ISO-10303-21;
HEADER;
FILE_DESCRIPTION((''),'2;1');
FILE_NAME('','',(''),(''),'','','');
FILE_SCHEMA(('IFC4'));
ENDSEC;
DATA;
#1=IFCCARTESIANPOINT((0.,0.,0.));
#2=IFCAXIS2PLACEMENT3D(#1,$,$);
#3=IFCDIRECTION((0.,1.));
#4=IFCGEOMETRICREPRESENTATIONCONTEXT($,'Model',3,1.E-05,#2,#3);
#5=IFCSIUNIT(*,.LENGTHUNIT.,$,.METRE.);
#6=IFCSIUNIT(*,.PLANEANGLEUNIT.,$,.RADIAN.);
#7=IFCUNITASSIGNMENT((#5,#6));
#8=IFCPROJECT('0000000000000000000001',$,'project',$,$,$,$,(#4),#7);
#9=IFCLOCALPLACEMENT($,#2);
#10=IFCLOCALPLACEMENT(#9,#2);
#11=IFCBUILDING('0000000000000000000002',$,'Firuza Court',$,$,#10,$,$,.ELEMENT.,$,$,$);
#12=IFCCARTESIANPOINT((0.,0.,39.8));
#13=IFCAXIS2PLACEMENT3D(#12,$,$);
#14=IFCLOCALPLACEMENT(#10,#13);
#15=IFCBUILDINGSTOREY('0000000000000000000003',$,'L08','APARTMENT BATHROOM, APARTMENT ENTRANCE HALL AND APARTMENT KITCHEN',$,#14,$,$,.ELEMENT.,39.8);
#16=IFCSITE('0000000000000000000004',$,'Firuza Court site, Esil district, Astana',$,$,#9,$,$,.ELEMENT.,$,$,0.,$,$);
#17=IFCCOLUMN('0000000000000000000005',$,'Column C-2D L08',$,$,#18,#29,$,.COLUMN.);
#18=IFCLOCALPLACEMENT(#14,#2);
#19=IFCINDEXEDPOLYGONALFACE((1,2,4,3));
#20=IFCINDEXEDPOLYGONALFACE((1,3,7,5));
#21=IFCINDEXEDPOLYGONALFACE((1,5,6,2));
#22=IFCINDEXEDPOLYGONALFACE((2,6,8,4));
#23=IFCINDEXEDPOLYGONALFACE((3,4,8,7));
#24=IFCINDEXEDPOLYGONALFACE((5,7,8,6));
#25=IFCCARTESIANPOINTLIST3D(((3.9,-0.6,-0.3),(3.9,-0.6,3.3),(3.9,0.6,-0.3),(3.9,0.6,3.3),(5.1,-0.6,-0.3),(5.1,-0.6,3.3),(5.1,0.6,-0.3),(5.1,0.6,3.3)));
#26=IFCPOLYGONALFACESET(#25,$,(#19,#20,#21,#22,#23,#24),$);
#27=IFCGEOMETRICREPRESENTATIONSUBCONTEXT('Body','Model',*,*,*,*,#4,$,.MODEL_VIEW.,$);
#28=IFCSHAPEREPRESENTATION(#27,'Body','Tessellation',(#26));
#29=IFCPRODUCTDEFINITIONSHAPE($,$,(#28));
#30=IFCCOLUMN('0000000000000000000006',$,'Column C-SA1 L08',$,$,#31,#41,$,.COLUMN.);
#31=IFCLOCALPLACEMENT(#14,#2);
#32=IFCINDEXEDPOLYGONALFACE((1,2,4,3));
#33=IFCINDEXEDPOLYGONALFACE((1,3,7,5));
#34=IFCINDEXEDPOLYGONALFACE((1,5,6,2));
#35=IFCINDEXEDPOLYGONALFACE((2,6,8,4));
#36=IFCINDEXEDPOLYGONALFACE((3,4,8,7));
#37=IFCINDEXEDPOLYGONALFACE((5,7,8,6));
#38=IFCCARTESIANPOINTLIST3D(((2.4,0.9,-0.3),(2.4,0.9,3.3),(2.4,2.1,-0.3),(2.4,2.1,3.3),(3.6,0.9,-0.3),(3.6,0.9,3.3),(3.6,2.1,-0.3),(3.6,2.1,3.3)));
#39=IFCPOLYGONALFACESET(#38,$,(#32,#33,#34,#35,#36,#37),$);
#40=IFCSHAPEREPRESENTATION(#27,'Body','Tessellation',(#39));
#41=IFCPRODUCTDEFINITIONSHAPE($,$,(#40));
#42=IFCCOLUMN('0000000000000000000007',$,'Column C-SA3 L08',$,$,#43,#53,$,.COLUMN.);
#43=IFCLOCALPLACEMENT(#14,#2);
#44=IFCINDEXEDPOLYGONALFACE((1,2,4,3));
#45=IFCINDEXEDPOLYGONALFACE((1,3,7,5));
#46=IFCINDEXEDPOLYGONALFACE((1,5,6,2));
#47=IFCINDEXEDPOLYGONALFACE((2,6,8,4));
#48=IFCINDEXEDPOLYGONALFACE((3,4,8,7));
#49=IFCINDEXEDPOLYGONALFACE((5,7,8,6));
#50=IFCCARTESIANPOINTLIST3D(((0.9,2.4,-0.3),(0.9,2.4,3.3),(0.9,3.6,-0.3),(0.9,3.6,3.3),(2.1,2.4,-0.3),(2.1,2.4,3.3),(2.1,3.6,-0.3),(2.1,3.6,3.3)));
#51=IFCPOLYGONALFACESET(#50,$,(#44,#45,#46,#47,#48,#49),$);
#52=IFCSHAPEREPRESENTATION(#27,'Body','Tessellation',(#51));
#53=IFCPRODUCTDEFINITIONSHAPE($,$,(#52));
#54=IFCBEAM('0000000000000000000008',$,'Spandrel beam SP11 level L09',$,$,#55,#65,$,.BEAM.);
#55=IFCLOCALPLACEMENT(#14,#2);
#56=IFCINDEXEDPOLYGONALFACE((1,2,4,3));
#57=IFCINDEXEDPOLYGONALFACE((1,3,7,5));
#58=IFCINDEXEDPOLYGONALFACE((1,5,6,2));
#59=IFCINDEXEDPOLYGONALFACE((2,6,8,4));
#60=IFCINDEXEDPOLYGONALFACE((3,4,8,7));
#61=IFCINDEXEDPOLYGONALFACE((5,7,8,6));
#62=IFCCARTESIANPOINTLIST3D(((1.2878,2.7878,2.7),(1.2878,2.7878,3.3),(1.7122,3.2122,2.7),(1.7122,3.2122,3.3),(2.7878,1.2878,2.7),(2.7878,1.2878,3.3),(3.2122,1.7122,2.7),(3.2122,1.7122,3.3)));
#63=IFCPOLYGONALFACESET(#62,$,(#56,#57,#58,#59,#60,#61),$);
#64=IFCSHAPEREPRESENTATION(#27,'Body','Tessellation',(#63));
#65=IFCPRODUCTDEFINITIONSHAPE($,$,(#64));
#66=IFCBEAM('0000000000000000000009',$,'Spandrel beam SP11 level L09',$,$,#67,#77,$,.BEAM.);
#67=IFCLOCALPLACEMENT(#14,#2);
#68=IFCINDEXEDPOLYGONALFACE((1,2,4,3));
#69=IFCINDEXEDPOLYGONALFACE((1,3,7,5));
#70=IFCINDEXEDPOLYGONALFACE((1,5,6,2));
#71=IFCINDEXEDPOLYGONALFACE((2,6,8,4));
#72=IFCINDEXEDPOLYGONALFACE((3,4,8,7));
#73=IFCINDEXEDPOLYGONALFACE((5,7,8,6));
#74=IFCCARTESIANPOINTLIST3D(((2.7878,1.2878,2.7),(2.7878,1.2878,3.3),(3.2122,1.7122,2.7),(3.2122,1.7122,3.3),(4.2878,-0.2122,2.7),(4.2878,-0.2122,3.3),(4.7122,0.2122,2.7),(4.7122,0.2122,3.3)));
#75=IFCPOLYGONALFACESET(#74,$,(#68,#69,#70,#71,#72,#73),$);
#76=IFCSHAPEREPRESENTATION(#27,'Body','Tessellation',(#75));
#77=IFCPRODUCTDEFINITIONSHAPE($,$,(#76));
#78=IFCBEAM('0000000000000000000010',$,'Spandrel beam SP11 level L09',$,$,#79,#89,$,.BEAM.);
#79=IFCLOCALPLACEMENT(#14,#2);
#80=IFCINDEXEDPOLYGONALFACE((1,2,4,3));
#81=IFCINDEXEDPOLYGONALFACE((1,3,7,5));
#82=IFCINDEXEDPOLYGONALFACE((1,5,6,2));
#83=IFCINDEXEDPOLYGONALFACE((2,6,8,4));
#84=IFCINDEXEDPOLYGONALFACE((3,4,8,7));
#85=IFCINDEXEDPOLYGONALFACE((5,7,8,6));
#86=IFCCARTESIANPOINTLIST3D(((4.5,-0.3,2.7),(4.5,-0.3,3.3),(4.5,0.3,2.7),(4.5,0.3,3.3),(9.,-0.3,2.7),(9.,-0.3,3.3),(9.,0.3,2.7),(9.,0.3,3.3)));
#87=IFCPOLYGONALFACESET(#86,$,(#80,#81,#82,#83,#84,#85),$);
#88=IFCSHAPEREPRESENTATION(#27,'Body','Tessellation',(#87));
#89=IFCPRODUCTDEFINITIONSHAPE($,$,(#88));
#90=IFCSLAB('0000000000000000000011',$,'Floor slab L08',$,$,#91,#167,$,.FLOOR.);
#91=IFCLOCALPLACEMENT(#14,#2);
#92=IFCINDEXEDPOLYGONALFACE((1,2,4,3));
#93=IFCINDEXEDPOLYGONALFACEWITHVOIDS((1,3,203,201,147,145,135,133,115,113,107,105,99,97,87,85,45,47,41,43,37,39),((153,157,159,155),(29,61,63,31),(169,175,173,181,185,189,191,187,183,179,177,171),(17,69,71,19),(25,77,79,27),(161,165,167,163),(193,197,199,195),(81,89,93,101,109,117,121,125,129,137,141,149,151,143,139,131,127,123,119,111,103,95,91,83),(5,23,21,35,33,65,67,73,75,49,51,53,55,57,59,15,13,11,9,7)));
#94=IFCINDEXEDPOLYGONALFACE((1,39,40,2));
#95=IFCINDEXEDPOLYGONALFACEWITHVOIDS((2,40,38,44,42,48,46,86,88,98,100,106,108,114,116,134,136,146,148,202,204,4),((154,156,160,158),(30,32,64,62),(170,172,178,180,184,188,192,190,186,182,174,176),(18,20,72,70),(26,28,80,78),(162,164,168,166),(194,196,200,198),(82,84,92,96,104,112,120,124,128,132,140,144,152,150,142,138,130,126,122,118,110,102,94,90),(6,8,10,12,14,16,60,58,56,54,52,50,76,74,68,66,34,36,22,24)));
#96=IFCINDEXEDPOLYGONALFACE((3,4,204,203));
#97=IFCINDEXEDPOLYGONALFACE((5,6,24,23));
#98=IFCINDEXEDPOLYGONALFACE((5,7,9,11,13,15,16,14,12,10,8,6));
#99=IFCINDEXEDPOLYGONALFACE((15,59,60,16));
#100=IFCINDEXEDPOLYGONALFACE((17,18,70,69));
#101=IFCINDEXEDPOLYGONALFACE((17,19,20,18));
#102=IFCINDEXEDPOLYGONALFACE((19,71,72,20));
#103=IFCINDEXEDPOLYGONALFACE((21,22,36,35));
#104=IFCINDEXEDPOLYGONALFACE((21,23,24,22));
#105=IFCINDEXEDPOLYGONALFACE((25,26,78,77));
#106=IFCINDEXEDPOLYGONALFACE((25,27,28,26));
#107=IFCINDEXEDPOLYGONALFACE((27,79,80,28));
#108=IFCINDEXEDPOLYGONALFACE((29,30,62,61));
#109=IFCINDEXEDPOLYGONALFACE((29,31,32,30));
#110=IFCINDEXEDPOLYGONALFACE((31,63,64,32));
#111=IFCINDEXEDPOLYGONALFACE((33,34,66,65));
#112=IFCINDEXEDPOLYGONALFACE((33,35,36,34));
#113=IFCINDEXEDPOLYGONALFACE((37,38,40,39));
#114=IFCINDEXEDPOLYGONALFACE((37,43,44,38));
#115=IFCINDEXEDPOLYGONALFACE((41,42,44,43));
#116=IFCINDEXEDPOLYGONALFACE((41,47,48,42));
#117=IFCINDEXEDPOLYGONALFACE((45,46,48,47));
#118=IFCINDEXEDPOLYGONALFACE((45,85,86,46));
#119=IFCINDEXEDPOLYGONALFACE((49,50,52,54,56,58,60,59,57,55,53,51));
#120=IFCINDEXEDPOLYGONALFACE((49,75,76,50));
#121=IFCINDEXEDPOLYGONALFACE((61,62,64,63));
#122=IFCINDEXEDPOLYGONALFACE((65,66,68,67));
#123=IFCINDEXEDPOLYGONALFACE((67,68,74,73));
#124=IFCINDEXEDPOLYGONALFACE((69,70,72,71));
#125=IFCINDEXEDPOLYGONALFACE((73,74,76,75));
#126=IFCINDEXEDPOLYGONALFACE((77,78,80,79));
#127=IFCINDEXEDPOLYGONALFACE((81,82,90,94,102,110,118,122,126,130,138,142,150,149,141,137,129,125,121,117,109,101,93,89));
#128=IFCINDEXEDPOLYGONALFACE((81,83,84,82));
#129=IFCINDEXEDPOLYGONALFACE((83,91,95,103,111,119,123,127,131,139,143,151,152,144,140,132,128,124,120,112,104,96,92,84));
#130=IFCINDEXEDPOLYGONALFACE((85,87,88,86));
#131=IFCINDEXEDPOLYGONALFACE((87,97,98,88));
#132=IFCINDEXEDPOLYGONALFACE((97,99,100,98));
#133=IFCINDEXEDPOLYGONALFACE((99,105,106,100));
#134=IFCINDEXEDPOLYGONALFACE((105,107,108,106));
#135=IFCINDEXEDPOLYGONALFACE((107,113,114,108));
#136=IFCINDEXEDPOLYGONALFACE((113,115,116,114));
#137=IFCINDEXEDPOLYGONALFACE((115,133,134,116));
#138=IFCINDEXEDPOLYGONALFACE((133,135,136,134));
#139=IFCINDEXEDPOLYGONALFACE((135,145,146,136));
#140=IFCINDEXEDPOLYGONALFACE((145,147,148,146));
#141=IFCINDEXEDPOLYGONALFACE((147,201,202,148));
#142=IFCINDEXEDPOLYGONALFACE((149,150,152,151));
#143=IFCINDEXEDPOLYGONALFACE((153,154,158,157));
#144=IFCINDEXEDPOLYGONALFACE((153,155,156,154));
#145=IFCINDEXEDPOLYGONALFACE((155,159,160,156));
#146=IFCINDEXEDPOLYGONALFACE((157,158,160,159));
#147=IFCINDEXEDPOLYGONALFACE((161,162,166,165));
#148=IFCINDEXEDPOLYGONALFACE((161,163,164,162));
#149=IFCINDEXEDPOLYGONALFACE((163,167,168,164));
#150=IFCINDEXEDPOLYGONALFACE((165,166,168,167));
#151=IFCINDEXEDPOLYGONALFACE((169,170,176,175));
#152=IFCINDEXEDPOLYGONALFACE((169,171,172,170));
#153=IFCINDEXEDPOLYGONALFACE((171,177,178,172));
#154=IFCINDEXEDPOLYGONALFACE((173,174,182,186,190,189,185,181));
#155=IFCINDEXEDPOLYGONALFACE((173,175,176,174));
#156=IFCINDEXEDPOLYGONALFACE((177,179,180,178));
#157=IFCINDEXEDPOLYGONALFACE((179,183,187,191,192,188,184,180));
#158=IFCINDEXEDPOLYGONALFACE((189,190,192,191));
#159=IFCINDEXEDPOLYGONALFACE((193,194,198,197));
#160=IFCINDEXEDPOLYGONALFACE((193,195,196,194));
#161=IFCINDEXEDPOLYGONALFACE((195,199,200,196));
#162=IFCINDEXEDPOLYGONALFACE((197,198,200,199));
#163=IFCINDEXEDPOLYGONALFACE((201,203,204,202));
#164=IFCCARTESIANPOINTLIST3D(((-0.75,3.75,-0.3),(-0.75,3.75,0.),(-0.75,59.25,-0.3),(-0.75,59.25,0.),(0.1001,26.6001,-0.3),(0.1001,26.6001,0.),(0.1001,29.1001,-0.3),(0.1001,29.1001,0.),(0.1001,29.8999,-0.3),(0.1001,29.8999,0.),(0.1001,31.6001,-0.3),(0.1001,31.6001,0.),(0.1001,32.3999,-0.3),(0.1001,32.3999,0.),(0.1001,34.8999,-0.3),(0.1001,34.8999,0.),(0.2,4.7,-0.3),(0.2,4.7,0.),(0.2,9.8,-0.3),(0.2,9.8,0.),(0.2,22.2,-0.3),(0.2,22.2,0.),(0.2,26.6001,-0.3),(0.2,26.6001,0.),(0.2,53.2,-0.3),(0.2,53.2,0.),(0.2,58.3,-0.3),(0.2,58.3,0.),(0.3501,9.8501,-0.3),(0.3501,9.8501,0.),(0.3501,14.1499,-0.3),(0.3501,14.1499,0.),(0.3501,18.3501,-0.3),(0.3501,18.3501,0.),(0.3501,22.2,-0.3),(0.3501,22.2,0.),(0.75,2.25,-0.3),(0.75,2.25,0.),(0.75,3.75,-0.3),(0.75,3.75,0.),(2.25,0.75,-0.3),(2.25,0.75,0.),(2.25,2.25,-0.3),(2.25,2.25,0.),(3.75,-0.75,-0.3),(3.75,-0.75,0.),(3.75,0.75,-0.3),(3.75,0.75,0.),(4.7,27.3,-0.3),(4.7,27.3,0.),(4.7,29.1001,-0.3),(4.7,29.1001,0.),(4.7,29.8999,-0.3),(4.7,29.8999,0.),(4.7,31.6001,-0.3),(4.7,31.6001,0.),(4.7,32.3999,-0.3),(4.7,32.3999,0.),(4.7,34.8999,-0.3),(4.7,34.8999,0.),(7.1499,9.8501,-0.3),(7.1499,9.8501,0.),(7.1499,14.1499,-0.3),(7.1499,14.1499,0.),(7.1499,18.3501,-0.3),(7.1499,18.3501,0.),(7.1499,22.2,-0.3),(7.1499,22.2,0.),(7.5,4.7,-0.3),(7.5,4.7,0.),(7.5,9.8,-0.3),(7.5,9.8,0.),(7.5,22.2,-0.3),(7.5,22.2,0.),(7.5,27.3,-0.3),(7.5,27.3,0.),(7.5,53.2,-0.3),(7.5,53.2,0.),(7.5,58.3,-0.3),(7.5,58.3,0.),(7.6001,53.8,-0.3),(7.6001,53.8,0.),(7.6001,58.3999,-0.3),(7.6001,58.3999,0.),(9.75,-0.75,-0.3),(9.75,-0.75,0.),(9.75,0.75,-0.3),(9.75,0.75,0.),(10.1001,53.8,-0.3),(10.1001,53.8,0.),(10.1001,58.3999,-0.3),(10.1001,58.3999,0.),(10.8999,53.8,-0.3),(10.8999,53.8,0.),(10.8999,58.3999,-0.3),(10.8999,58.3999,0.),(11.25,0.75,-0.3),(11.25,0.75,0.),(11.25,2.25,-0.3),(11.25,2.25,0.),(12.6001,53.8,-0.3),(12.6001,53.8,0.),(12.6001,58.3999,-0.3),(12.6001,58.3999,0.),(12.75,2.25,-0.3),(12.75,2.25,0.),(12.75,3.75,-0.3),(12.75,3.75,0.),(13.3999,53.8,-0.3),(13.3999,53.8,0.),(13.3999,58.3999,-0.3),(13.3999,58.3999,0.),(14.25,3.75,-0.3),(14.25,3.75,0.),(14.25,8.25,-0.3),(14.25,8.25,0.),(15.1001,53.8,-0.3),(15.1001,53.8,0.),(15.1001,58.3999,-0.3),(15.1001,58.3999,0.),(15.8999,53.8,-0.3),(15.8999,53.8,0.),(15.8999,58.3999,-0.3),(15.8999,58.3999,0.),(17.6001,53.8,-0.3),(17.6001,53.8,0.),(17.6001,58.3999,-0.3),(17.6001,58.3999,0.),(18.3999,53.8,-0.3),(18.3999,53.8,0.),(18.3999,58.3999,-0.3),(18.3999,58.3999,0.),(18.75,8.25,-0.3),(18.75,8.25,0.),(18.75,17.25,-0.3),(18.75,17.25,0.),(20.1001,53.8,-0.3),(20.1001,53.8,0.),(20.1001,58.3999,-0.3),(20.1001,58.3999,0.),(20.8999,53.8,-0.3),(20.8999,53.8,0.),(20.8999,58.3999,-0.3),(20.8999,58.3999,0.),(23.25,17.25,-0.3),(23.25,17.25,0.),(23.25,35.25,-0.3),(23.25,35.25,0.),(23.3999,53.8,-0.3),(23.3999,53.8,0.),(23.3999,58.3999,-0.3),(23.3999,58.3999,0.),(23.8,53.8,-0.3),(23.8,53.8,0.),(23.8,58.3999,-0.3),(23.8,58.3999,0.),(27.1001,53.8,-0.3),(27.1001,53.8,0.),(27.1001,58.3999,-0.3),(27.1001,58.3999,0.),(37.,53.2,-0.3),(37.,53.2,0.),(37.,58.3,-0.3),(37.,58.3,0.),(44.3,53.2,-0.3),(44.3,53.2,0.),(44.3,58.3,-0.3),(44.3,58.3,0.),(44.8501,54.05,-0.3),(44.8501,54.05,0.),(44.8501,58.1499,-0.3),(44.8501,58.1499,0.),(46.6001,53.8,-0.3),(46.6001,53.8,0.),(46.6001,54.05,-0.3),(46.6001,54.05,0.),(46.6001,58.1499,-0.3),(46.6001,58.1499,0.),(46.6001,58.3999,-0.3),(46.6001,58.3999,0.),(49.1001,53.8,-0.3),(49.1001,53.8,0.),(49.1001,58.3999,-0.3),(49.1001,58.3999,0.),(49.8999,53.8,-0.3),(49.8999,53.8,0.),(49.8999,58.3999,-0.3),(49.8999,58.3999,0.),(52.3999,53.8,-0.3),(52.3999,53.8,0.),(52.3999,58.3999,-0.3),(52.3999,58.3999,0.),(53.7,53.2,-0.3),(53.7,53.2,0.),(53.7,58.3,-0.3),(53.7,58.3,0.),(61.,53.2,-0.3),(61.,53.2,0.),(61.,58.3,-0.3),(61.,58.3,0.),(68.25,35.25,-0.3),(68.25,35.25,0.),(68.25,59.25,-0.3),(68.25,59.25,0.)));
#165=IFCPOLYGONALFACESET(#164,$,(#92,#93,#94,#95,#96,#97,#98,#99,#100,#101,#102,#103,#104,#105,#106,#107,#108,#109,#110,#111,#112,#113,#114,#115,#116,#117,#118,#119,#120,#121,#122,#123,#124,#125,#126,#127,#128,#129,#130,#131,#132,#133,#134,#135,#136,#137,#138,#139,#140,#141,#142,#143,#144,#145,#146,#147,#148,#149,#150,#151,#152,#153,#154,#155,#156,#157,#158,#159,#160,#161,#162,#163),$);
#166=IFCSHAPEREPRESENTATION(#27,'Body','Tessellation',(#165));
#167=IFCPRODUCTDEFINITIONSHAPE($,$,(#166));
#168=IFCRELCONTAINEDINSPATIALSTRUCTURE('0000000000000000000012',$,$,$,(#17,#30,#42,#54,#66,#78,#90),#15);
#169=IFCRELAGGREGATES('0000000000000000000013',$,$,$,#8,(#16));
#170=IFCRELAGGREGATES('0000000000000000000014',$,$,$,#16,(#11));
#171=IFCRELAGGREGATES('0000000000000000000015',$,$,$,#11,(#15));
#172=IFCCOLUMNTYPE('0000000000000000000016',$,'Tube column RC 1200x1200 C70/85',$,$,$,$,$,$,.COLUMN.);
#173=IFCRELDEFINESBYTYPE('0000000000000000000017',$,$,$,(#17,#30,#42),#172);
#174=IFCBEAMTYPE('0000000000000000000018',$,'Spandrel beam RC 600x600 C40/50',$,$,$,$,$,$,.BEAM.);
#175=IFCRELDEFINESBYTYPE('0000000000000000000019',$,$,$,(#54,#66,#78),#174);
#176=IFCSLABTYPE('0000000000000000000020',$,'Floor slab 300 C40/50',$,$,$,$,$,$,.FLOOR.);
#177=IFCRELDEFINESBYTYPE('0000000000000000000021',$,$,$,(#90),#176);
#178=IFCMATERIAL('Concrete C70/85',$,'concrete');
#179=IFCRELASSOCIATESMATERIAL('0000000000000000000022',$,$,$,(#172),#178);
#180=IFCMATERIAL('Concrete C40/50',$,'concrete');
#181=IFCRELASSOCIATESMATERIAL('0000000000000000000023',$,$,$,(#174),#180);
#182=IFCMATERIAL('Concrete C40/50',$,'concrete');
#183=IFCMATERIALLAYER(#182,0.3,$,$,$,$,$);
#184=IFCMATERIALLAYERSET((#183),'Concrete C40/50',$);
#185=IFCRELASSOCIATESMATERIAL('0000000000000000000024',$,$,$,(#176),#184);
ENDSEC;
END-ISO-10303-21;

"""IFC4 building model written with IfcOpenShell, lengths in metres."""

from ifc_helpers import new_model, si_unit, direction, frame, origin, origin_2d, place, context, subcontext, project, spatial, polyline, rectangle, outline, extrude, material, layer, layer_set, material_profile, profile_set, type_object, element, save


model = new_model("IFC4")

# Units and contexts
model_context = context("Model", 3, precision=1e-05, world=origin(), true_north=direction((0.0, 1.0)))
body_context = subcontext(model_context, "Body", "Model", "MODEL_VIEW")
ifc_project = project(units=[si_unit("LENGTHUNIT", "METRE"), si_unit("PLANEANGLEUNIT", "RADIAN")], contexts=[model_context])

# Site, building, storey
site_placement = place(None, origin())
site = spatial("IfcSite", under=ifc_project, at=site_placement, Name="Firuza Court site, Esil district, Astana", CompositionType="ELEMENT", RefElevation=0.0)
building_placement = place(site_placement, origin())
building = spatial("IfcBuilding", under=site, at=building_placement, Name="Firuza Court", CompositionType="ELEMENT")
storey_placement = place(building_placement, frame((0.0, 0.0, 39.8)))
storey = spatial("IfcBuildingStorey", under=building, at=storey_placement, Name="L08", Description="APARTMENT BATHROOM, APARTMENT ENTRANCE HALL AND APARTMENT KITCHEN", CompositionType="ELEMENT", Elevation=39.8)

# Columns
ifc_material_1 = material(Name="Concrete C70/85", Category="concrete")
ifc_material_profile_1 = material_profile(ifc_material_1, rectangle(XDim=1.2, YDim=1.2, at=origin_2d()), Name="RC 1200x1200")
ifc_profile_set_1 = profile_set([ifc_material_profile_1], Name="Concrete C70/85")
column_type = type_object("IfcColumnType", Name="Tube column RC 1200x1200 C70/85", PredefinedType="COLUMN", material=ifc_profile_set_1)
for number, where, z_axis, x_axis, name in (
    (1, (4.5, 0.0, -0.3), (0.0, 0.0, 1.0), (1.0, 0.0, 0.0), "Column C-2D L08"),
    (2, (3.0, 1.5, -0.3), (0.0, 0.0, 1.0), (1.0, 0.0, 0.0), "Column C-SA1 L08"),
    (3, (1.5, 3.0, -0.3), (0.0, 0.0, 1.0), (1.0, 0.0, 0.0), "Column C-SA3 L08"),
):
    element("IfcColumn", number, at=place(storey_placement, frame(where, z_axis=z_axis, x_axis=x_axis)), inside=storey, type_object=column_type, Name=name, PredefinedType="COLUMN", context=body_context, shape_type="SweptSolid", body=[
        extrude(rectangle(XDim=1.2, YDim=1.2, at=origin_2d()), origin(), (0.0, 0.0, 1.0), 3.6001),
    ])

# Beams
ifc_material_2 = material(Name="Concrete C40/50", Category="concrete")
ifc_material_profile_2 = material_profile(ifc_material_2, rectangle(XDim=0.6001, YDim=0.6001, at=origin_2d()), Name="RC 600x600")
ifc_profile_set_2 = profile_set([ifc_material_profile_2], Name="Concrete C40/50")
beam_type = type_object("IfcBeamType", Name="Spandrel beam RC 600x600 C40/50", PredefinedType="BEAM", material=ifc_profile_set_2)
for number, where, z_axis, x_axis, name in (
    (4, (1.5, 3.0, 3.0), (0.707107, -0.707107, 0.0), (0.707107, 0.707107, 0.0), "Spandrel beam SP11 level L09"),
    (5, (3.0, 1.5, 3.0), (0.707107, -0.707107, 0.0), (0.707107, 0.707107, 0.0), "Spandrel beam SP11 level L09"),
):
    element("IfcBeam", number, at=place(storey_placement, frame(where, z_axis=z_axis, x_axis=x_axis)), inside=storey, type_object=beam_type, Name=name, PredefinedType="BEAM", context=body_context, shape_type="SweptSolid", body=[
        extrude(rectangle(XDim=0.6001, YDim=0.6001, at=origin_2d()), origin(), (0.0, 0.0, 1.0), 2.1213),
    ])
beam_placement = place(storey_placement, frame((4.5, 0.0, 3.0), z_axis=(1.0, 0.0, 0.0), x_axis=(0.0, 1.0, 0.0)))
element("IfcBeam", 6, at=beam_placement, inside=storey, type_object=beam_type, Name="Spandrel beam SP11 level L09", PredefinedType="BEAM", context=body_context, shape_type="SweptSolid", body=[
    extrude(rectangle(XDim=0.6001, YDim=0.6001, at=origin_2d()), origin(), (0.0, 0.0, 1.0), 4.5),
])

# Slab
ifc_material_3 = material(Name="Concrete C40/50", Category="concrete")
ifc_layer_1 = layer(ifc_material_3, 0.3)
ifc_layer_set_1 = layer_set([ifc_layer_1], Name="Concrete C40/50")
slab_type_1 = type_object("IfcSlabType", Name="Floor slab 300 C40/50", PredefinedType="FLOOR", material=ifc_layer_set_1)
slab_1_placement = place(storey_placement, frame((0.0, 0.0, -0.3)))
element("IfcSlab", 7, at=slab_1_placement, inside=storey, type_object=slab_type_1, Name="Floor slab L08", PredefinedType="FLOOR", context=body_context, shape_type="SweptSolid", body=[
    extrude(outline(polyline([(3.75, -0.75), (3.75, 0.75), (2.25, 0.75), (2.25, 2.25), (0.75, 2.25), (0.75, 3.75), (-0.75, 3.75), (-0.75, 59.25), (68.25, 59.25), (68.25, 35.25), (23.25, 35.25), (23.25, 17.25), (18.75, 17.25), (18.75, 8.25), (14.25, 8.25), (14.25, 3.75), (12.75, 3.75), (12.75, 2.25), (11.25, 2.25), (11.25, 0.75), (9.75, 0.75), (9.75, -0.75), (3.75, -0.75)]), holes=[polyline([(7.5, 9.8), (0.2, 9.8), (0.2, 4.7), (7.5, 4.7), (7.5, 9.8)]), polyline([(7.1499, 14.1499), (0.3501, 14.1499), (0.3501, 9.8501), (7.1499, 9.8501), (7.1499, 14.1499)]), polyline([(0.2, 22.2), (0.3501, 22.2), (0.3501, 18.3501), (7.1499, 18.3501), (7.1499, 22.2), (7.5, 22.2), (7.5, 27.3), (4.7, 27.3), (4.7, 29.1001), (4.7, 29.8999), (4.7, 31.6001), (4.7, 32.3999), (4.7, 34.8999), (0.1001, 34.8999), (0.1001, 32.3999), (0.1001, 31.6001), (0.1001, 29.8999), (0.1001, 29.1001), (0.1001, 26.6001), (0.2, 26.6001), (0.2, 22.2)]), polyline([(7.5, 58.3), (0.2, 58.3), (0.2, 53.2), (7.5, 53.2), (7.5, 58.3)]), polyline([(10.1001, 58.3999), (7.6001, 58.3999), (7.6001, 53.8), (10.1001, 53.8), (10.8999, 53.8), (12.6001, 53.8), (13.3999, 53.8), (15.1001, 53.8), (15.8999, 53.8), (17.6001, 53.8), (18.3999, 53.8), (20.1001, 53.8), (20.8999, 53.8), (23.3999, 53.8), (23.3999, 58.3999), (20.8999, 58.3999), (20.1001, 58.3999), (18.3999, 58.3999), (17.6001, 58.3999), (15.8999, 58.3999), (15.1001, 58.3999), (13.3999, 58.3999), (12.6001, 58.3999), (10.8999, 58.3999), (10.1001, 58.3999)]), polyline([(44.3, 58.3), (37.0, 58.3), (37.0, 53.2), (44.3, 53.2), (44.3, 58.3)]), polyline([(61.0, 58.3), (53.7, 58.3), (53.7, 53.2), (61.0, 53.2), (61.0, 58.3)]), polyline([(27.1001, 58.3999), (23.8, 58.3999), (23.8, 53.8), (27.1001, 53.8), (27.1001, 58.3999)]), polyline([(46.6001, 58.1499), (44.8501, 58.1499), (44.8501, 54.05), (46.6001, 54.05), (46.6001, 53.8), (49.1001, 53.8), (49.8999, 53.8), (52.3999, 53.8), (52.3999, 58.3999), (49.8999, 58.3999), (49.1001, 58.3999), (46.6001, 58.3999), (46.6001, 58.1499)])]), origin(), (0.0, 0.0, 1.0), 0.3),
])

save(model, "model.ifc")
